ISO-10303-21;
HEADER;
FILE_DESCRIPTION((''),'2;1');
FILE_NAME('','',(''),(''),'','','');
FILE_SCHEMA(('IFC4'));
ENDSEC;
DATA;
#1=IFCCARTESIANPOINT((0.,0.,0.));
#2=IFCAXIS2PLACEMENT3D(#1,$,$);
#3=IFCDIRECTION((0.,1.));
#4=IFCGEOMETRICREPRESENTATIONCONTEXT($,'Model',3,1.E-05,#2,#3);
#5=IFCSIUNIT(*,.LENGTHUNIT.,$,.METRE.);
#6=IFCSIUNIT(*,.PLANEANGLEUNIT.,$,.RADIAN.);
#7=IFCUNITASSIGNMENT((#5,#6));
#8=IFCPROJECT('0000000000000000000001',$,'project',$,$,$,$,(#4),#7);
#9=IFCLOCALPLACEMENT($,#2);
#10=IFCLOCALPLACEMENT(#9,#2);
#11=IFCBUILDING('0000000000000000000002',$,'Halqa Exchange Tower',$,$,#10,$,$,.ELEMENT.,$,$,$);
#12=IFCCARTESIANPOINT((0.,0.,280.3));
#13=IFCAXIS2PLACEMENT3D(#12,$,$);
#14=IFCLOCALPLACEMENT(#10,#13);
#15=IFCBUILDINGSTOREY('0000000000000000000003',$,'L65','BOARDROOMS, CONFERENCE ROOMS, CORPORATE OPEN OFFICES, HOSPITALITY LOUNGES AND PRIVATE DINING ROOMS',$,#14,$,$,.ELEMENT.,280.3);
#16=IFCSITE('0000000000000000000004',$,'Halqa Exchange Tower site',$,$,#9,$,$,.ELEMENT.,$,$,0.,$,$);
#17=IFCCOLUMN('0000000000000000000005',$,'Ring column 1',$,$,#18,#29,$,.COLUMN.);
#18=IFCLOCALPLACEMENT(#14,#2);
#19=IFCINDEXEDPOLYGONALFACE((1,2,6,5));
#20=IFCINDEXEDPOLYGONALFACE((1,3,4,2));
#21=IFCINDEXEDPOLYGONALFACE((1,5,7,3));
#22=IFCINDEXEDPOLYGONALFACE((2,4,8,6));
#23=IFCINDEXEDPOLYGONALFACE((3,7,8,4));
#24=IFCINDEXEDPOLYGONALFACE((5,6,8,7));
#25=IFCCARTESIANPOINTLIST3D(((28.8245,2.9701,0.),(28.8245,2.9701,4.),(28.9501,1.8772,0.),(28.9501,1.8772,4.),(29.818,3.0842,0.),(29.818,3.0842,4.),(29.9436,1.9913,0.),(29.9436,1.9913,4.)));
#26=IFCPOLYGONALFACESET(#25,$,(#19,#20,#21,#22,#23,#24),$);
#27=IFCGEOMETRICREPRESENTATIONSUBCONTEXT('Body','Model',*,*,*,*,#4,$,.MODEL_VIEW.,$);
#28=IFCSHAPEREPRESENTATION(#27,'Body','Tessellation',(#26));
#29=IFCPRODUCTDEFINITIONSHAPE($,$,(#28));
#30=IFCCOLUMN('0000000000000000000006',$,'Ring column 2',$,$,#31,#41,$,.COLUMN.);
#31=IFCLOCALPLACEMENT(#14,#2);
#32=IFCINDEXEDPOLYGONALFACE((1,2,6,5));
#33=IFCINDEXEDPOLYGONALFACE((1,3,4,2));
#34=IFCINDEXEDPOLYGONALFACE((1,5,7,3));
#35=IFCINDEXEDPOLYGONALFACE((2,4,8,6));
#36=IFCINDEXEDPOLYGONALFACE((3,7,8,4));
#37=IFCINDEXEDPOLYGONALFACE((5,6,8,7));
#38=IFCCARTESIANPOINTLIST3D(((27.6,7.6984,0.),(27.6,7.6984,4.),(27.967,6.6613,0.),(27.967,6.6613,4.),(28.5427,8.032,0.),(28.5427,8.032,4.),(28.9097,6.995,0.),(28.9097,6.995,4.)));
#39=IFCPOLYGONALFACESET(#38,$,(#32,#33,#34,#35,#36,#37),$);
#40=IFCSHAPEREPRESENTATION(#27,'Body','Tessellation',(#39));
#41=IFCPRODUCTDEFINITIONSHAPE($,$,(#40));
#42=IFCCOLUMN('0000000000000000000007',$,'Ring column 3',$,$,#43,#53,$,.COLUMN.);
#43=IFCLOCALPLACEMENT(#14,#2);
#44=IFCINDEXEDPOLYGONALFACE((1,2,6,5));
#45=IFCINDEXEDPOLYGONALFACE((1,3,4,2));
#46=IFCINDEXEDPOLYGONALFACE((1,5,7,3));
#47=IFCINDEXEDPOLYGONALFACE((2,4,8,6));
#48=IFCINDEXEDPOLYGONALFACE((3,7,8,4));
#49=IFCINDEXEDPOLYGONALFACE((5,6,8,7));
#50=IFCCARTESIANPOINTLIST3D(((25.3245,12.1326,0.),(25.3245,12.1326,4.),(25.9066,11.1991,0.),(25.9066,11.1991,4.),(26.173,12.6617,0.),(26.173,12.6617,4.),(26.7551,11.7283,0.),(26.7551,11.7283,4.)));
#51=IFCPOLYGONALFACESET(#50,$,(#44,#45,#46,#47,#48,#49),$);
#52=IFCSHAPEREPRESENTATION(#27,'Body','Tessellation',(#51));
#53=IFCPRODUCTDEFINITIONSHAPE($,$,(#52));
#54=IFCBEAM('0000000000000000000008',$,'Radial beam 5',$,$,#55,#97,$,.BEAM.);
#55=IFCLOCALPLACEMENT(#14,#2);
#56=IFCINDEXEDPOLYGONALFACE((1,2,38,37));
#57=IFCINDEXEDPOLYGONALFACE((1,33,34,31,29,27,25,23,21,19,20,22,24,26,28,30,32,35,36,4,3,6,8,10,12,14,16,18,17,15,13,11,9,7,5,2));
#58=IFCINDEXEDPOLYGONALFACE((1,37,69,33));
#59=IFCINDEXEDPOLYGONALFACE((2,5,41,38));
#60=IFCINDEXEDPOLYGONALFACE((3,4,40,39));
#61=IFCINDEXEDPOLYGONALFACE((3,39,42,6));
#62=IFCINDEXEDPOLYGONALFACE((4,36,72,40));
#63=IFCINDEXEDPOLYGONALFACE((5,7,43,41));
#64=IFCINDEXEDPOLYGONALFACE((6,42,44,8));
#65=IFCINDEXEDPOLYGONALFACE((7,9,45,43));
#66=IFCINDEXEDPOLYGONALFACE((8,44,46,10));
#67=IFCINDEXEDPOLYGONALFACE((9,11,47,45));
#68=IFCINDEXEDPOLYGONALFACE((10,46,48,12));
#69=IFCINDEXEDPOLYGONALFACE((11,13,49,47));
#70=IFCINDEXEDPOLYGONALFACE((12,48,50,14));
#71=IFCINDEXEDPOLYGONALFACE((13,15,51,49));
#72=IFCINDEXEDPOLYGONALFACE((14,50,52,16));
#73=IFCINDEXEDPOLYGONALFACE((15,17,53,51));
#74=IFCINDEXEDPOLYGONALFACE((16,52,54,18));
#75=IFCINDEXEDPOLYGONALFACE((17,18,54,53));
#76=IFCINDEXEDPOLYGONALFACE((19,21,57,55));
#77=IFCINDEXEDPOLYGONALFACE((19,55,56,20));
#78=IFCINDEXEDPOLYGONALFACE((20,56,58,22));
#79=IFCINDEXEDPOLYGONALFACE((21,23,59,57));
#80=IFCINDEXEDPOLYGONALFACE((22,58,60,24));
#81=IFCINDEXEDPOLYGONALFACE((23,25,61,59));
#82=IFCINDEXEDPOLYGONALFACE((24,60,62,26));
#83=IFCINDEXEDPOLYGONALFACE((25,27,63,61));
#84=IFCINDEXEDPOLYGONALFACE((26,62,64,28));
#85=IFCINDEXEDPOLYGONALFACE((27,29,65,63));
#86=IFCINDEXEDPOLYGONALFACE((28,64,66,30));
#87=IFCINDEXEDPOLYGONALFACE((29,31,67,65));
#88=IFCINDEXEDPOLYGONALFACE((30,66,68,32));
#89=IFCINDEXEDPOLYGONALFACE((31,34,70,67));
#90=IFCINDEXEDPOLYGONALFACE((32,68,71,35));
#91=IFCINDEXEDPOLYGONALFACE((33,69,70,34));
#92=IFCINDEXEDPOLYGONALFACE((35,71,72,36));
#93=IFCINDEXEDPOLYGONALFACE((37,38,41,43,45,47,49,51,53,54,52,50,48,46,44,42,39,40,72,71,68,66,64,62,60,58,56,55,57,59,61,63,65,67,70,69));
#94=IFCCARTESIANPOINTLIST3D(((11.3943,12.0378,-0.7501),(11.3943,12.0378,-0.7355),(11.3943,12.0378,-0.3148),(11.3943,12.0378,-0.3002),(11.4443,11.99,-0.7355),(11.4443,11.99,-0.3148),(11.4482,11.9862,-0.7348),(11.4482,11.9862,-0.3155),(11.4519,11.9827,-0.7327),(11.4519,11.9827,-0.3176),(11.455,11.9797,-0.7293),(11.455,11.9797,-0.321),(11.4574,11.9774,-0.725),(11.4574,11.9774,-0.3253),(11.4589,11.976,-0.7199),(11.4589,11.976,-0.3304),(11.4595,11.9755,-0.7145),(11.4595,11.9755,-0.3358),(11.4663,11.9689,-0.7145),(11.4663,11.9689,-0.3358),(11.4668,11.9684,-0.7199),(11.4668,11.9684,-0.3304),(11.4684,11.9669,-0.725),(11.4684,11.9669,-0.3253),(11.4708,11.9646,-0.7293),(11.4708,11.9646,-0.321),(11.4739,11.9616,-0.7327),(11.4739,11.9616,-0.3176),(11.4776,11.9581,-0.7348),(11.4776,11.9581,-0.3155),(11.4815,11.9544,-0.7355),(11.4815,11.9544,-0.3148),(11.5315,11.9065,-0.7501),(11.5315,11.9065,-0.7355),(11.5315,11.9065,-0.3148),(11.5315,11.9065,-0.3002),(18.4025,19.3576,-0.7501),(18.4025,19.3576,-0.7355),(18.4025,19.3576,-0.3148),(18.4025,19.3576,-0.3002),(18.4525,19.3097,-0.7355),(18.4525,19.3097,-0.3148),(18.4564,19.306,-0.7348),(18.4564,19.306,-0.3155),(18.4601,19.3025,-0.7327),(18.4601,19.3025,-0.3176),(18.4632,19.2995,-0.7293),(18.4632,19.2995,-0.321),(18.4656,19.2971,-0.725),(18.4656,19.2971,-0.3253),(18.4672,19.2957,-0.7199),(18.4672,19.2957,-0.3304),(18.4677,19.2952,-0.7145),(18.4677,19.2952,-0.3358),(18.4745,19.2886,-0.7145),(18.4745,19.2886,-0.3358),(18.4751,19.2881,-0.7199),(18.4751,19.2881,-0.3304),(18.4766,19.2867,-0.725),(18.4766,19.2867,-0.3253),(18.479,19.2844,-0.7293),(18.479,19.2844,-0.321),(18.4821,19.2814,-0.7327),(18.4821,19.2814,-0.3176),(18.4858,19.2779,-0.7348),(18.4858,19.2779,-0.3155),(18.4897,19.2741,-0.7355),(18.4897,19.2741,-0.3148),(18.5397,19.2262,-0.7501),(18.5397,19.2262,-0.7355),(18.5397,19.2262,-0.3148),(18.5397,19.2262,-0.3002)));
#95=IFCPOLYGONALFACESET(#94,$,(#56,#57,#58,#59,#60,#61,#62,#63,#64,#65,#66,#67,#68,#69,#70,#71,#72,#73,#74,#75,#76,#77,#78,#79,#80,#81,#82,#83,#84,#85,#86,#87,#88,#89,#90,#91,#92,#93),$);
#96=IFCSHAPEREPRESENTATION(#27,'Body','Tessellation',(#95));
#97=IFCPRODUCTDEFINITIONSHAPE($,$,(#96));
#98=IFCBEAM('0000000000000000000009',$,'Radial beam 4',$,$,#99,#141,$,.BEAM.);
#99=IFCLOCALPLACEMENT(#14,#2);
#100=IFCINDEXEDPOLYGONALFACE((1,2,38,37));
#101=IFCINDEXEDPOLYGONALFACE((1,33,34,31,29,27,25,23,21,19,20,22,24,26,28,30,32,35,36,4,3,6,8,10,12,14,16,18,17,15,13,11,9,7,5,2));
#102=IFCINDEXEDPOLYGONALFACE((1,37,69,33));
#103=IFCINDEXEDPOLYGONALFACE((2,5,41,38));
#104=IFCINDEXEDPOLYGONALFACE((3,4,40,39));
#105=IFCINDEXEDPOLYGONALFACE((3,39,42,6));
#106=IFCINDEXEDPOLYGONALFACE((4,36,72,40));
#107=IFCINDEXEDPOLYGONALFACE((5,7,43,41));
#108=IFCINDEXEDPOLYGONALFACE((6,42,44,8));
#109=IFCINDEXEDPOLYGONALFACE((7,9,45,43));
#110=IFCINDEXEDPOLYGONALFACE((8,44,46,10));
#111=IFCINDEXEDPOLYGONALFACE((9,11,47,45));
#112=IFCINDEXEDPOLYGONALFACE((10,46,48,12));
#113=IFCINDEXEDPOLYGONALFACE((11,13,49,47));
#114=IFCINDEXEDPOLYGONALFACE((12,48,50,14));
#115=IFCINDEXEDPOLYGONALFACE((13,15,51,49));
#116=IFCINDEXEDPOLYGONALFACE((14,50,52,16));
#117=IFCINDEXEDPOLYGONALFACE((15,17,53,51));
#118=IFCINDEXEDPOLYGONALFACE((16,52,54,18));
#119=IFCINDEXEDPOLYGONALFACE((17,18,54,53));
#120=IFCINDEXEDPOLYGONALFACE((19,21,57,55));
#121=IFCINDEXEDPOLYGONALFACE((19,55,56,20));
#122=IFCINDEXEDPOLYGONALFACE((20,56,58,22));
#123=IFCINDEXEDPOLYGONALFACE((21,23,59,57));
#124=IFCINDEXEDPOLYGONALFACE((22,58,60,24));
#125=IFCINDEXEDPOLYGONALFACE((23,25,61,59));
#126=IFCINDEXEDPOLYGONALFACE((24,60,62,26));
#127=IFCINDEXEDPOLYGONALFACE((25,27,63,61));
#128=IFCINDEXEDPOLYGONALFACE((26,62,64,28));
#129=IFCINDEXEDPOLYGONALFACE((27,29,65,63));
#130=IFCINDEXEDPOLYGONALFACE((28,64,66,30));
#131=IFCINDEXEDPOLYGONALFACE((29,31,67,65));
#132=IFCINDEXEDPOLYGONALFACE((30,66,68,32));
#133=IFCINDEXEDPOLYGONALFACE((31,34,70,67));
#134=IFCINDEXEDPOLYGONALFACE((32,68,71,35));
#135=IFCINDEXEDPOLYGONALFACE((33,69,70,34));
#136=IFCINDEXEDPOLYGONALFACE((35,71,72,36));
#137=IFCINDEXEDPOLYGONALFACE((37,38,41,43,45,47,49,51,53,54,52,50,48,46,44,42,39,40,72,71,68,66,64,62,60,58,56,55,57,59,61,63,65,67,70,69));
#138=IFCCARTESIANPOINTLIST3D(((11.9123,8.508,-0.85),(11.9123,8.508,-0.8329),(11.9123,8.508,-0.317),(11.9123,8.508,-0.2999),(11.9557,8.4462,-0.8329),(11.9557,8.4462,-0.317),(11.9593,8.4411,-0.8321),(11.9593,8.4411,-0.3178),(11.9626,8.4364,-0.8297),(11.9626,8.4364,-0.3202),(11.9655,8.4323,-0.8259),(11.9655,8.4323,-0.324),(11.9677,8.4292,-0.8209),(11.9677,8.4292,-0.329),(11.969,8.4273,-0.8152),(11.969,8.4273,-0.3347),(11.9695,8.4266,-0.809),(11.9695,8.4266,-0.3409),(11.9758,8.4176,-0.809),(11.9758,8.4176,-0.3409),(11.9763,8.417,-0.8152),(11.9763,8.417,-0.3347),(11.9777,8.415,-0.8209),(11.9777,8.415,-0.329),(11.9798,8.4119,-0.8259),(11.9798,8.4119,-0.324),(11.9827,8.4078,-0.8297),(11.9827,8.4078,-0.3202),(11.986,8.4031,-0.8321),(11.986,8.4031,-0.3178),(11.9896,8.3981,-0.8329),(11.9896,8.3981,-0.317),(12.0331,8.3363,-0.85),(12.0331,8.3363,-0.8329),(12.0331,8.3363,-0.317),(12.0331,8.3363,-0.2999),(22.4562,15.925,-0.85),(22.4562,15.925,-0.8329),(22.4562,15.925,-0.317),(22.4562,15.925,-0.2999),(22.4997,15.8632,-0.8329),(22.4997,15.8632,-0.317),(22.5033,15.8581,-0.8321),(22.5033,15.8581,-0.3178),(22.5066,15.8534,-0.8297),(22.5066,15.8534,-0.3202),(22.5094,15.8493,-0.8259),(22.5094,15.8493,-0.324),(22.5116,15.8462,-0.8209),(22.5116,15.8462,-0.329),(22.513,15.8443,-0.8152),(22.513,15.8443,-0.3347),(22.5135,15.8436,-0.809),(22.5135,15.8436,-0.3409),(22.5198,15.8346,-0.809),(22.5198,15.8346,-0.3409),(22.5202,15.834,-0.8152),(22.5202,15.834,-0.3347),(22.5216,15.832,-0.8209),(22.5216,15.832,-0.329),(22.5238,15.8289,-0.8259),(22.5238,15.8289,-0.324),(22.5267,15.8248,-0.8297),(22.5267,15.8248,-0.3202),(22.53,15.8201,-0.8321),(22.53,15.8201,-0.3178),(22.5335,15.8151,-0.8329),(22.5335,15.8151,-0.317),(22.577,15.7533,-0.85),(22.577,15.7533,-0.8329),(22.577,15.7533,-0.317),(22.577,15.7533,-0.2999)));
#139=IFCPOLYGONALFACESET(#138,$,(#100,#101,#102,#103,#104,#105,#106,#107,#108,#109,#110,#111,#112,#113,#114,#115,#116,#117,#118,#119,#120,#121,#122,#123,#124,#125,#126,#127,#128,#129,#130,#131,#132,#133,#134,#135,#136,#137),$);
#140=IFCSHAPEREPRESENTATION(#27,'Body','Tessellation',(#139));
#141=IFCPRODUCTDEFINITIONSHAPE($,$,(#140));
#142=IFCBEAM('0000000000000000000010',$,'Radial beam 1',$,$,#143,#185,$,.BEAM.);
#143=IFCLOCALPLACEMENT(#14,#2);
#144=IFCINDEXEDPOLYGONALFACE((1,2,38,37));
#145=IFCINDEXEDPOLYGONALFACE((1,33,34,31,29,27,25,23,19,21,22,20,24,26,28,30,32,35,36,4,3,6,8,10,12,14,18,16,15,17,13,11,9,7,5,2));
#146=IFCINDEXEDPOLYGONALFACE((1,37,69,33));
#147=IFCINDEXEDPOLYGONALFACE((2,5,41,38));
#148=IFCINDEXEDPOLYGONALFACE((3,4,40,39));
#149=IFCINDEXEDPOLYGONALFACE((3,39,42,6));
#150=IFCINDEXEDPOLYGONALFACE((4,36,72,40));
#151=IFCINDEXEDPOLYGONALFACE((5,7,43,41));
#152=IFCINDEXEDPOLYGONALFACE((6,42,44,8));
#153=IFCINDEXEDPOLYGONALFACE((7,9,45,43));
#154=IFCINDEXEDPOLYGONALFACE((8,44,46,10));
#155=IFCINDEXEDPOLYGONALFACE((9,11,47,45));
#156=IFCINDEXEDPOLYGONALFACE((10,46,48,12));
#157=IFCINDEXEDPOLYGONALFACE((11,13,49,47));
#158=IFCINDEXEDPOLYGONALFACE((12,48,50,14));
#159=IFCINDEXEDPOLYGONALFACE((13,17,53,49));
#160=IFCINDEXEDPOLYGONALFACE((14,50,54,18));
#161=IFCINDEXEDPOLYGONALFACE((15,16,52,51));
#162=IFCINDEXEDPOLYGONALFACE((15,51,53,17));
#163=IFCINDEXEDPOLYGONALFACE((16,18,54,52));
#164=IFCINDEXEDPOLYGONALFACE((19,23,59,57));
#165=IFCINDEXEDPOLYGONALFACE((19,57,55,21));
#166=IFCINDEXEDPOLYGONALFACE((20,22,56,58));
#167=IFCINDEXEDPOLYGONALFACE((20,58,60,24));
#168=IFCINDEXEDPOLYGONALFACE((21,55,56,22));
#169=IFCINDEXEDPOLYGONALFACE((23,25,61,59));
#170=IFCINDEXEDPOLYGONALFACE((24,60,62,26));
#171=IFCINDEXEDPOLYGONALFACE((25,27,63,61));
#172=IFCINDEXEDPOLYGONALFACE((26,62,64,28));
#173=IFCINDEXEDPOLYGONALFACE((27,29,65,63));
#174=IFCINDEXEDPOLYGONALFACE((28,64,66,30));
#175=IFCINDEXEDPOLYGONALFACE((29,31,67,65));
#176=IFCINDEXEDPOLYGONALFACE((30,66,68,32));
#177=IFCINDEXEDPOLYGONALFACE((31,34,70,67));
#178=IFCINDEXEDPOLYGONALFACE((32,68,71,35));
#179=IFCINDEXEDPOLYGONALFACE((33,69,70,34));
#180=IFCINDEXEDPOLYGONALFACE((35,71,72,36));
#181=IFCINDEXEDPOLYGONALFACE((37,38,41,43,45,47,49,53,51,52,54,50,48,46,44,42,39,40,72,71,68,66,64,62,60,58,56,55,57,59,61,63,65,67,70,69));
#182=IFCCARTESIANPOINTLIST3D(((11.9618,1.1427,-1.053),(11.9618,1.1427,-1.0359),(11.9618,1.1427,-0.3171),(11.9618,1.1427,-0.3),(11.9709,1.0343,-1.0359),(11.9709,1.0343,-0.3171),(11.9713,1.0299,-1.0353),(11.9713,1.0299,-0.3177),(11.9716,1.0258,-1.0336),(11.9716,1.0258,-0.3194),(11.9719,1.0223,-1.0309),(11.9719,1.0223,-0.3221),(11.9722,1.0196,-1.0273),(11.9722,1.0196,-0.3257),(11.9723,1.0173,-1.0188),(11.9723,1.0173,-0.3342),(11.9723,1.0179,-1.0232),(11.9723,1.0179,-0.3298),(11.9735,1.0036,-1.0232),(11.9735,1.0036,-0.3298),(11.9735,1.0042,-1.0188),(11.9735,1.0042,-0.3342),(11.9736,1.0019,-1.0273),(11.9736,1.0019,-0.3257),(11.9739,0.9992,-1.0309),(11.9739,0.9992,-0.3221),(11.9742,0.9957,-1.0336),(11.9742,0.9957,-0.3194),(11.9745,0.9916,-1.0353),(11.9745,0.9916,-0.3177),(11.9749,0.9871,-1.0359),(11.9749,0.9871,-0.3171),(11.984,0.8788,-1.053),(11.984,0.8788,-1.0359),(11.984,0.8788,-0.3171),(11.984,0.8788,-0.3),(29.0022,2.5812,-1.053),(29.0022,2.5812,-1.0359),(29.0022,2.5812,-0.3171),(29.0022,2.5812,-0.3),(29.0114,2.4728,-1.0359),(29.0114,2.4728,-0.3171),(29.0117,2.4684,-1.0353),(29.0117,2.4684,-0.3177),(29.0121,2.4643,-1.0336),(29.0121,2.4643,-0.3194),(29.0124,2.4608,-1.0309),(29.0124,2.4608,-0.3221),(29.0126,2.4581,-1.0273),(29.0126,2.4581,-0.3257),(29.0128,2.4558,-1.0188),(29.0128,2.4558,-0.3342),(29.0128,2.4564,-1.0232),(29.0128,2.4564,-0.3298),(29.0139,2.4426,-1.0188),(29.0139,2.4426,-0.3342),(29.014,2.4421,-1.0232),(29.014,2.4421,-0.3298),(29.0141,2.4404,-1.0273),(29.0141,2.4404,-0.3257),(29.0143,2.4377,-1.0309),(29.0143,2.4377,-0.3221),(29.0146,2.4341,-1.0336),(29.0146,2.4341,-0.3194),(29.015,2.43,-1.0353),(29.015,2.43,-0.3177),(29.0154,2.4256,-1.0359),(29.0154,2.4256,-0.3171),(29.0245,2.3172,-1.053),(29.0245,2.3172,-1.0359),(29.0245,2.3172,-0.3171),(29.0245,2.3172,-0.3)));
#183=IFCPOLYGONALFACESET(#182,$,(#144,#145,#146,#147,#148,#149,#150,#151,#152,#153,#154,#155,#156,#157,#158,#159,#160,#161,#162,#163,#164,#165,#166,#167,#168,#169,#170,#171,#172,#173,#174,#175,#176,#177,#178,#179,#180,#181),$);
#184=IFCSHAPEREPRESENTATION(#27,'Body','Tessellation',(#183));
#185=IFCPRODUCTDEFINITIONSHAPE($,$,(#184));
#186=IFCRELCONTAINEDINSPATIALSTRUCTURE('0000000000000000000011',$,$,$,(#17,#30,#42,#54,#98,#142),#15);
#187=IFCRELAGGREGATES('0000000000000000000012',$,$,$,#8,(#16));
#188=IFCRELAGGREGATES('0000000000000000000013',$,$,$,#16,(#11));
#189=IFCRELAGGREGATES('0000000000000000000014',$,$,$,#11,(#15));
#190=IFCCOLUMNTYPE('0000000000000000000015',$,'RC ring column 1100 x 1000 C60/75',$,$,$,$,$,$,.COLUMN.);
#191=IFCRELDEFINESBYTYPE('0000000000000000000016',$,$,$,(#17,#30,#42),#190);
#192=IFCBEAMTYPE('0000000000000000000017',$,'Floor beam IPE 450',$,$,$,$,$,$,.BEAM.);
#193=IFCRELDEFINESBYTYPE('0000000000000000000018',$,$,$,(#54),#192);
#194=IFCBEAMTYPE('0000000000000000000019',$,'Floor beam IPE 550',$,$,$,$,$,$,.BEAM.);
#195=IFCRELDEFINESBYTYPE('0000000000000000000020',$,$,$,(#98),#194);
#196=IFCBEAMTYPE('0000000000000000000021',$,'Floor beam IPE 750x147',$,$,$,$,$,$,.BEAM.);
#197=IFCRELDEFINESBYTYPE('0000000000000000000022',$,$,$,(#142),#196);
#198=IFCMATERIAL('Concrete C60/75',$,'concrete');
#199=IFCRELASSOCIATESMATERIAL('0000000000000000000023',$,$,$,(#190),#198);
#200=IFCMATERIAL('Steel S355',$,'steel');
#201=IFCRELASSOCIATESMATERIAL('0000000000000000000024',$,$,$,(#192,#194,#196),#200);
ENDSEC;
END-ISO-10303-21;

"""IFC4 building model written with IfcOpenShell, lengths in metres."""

from ifc_helpers import new_model, si_unit, direction, frame, origin, origin_2d, place, context, subcontext, project, spatial, rectangle, i_section, extrude, material, material_profile, profile_set, type_object, element, save


model = new_model("IFC4")

# Units and contexts
model_context = context("Model", 3, precision=1e-05, world=origin(), true_north=direction((0.0, 1.0)))
body_context = subcontext(model_context, "Body", "Model", "MODEL_VIEW")
ifc_project = project(units=[si_unit("LENGTHUNIT", "METRE"), si_unit("PLANEANGLEUNIT", "RADIAN")], contexts=[model_context])

# Site, building, storey
site_placement = place(None, origin())
site = spatial("IfcSite", under=ifc_project, at=site_placement, Name="Halqa Exchange Tower site", CompositionType="ELEMENT", RefElevation=0.0)
building_placement = place(site_placement, origin())
building = spatial("IfcBuilding", under=site, at=building_placement, Name="Halqa Exchange Tower", CompositionType="ELEMENT")
storey_placement = place(building_placement, frame((0.0, 0.0, 280.3)))
storey = spatial("IfcBuildingStorey", under=building, at=storey_placement, Name="L65", Description="BOARDROOMS, CONFERENCE ROOMS, CORPORATE OPEN OFFICES, HOSPITALITY LOUNGES AND PRIVATE DINING ROOMS", CompositionType="ELEMENT", Elevation=280.3)

# Columns
ifc_material_1 = material(Name="Concrete C60/75", Category="concrete")
ifc_material_profile_1 = material_profile(ifc_material_1, rectangle(XDim=1.1001, YDim=1.0, at=origin_2d()), Name="1100 x 1000")
ifc_profile_set_1 = profile_set([ifc_material_profile_1], Name="Concrete C60/75")
column_type = type_object("IfcColumnType", Name="RC ring column 1100 x 1000 C60/75", PredefinedType="COLUMN", material=ifc_profile_set_1)
for number, where, z_axis, x_axis, name in (
    (1, (29.384, 2.4807, 0.0), (0.0, 0.0, 1.0), (-0.114155, 0.993463, 0.0), "Ring column 1"),
    (2, (28.2549, 7.3467, 0.0), (0.0, 0.0, 1.0), (-0.333619, 0.942708, 0.0), "Ring column 2"),
    (3, (26.0398, 11.9304, 0.0), (0.0, 0.0, 1.0), (-0.529143, 0.848532, 0.0), "Ring column 3"),
):
    element("IfcColumn", number, at=place(storey_placement, frame(where, z_axis=z_axis, x_axis=x_axis)), inside=storey, type_object=column_type, Name=name, PredefinedType="COLUMN", context=body_context, shape_type="SweptSolid", body=[
        extrude(rectangle(XDim=1.1001, YDim=1.0, at=origin_2d()), origin(), (0.0, 0.0, 1.0), 4.0),
    ])

# Beams
ifc_material_2 = material(Name="Steel S355", Category="steel")
ifc_material_profile_2 = material_profile(ifc_material_2, i_section(OverallWidth=0.1899, OverallDepth=0.45, WebThickness=0.0095, FlangeThickness=0.0146, FilletRadius=0.021, at=origin_2d()), Name="IPE 450")
ifc_profile_set_2 = profile_set([ifc_material_profile_2], Name="Steel S355")
beam_type_1 = type_object("IfcBeamType", Name="Floor beam IPE 450", PredefinedType="BEAM", material=ifc_profile_set_2)
beam_1_placement = place(storey_placement, frame((11.4629, 11.9722, -0.5251), z_axis=(0.691569, 0.72231, 0.0), x_axis=(-0.72231, 0.691569, 0.0)))
element("IfcBeam", 4, at=beam_1_placement, inside=storey, type_object=beam_type_1, Name="Radial beam 5", PredefinedType="BEAM", context=body_context, shape_type="SweptSolid", body=[
    extrude(i_section(OverallWidth=0.1899, OverallDepth=0.45, WebThickness=0.0095, FlangeThickness=0.0146, FilletRadius=0.021, at=origin_2d()), origin(), (0.0, 0.0, 1.0), 10.1338),
])
ifc_material_profile_3 = material_profile(ifc_material_2, i_section(OverallWidth=0.21, OverallDepth=0.55, WebThickness=0.011, FlangeThickness=0.0171, FilletRadius=0.0239, at=origin_2d()), Name="IPE 550")
ifc_profile_set_3 = profile_set([ifc_material_profile_3], Name="Steel S355")
beam_type_2 = type_object("IfcBeamType", Name="Floor beam IPE 550", PredefinedType="BEAM", material=ifc_profile_set_3)
beam_2_placement = place(storey_placement, frame((11.9727, 8.4221, -0.575), z_axis=(0.817909, 0.575347, 0.0), x_axis=(-0.575347, 0.817909, 0.0)))
element("IfcBeam", 5, at=beam_2_placement, inside=storey, type_object=beam_type_2, Name="Radial beam 4", PredefinedType="BEAM", context=body_context, shape_type="SweptSolid", body=[
    extrude(i_section(OverallWidth=0.21, OverallDepth=0.55, WebThickness=0.011, FlangeThickness=0.0171, FilletRadius=0.0239, at=origin_2d()), origin(), (0.0, 0.0, 1.0), 12.8914),
])
ifc_material_profile_4 = material_profile(ifc_material_2, i_section(OverallWidth=0.2649, OverallDepth=0.7529, WebThickness=0.0132, FlangeThickness=0.0171, FilletRadius=0.0171, at=origin_2d()), Name="IPE 750x147")
ifc_profile_set_4 = profile_set([ifc_material_profile_4], Name="Steel S355")
beam_type_3 = type_object("IfcBeamType", Name="Floor beam IPE 750x147", PredefinedType="BEAM", material=ifc_profile_set_4)
beam_3_placement = place(storey_placement, frame((11.9729, 1.0107, -0.6765), z_axis=(0.996456, 0.084116, 0.0), x_axis=(-0.084116, 0.996456, 0.0)))
element("IfcBeam", 6, at=beam_3_placement, inside=storey, type_object=beam_type_3, Name="Radial beam 1", PredefinedType="BEAM", context=body_context, shape_type="SweptSolid", body=[
    extrude(i_section(OverallWidth=0.2649, OverallDepth=0.7529, WebThickness=0.0132, FlangeThickness=0.0171, FilletRadius=0.0171, at=origin_2d()), origin(), (0.0, 0.0, 1.0), 17.1011),
])

save(model, "model.ifc")
